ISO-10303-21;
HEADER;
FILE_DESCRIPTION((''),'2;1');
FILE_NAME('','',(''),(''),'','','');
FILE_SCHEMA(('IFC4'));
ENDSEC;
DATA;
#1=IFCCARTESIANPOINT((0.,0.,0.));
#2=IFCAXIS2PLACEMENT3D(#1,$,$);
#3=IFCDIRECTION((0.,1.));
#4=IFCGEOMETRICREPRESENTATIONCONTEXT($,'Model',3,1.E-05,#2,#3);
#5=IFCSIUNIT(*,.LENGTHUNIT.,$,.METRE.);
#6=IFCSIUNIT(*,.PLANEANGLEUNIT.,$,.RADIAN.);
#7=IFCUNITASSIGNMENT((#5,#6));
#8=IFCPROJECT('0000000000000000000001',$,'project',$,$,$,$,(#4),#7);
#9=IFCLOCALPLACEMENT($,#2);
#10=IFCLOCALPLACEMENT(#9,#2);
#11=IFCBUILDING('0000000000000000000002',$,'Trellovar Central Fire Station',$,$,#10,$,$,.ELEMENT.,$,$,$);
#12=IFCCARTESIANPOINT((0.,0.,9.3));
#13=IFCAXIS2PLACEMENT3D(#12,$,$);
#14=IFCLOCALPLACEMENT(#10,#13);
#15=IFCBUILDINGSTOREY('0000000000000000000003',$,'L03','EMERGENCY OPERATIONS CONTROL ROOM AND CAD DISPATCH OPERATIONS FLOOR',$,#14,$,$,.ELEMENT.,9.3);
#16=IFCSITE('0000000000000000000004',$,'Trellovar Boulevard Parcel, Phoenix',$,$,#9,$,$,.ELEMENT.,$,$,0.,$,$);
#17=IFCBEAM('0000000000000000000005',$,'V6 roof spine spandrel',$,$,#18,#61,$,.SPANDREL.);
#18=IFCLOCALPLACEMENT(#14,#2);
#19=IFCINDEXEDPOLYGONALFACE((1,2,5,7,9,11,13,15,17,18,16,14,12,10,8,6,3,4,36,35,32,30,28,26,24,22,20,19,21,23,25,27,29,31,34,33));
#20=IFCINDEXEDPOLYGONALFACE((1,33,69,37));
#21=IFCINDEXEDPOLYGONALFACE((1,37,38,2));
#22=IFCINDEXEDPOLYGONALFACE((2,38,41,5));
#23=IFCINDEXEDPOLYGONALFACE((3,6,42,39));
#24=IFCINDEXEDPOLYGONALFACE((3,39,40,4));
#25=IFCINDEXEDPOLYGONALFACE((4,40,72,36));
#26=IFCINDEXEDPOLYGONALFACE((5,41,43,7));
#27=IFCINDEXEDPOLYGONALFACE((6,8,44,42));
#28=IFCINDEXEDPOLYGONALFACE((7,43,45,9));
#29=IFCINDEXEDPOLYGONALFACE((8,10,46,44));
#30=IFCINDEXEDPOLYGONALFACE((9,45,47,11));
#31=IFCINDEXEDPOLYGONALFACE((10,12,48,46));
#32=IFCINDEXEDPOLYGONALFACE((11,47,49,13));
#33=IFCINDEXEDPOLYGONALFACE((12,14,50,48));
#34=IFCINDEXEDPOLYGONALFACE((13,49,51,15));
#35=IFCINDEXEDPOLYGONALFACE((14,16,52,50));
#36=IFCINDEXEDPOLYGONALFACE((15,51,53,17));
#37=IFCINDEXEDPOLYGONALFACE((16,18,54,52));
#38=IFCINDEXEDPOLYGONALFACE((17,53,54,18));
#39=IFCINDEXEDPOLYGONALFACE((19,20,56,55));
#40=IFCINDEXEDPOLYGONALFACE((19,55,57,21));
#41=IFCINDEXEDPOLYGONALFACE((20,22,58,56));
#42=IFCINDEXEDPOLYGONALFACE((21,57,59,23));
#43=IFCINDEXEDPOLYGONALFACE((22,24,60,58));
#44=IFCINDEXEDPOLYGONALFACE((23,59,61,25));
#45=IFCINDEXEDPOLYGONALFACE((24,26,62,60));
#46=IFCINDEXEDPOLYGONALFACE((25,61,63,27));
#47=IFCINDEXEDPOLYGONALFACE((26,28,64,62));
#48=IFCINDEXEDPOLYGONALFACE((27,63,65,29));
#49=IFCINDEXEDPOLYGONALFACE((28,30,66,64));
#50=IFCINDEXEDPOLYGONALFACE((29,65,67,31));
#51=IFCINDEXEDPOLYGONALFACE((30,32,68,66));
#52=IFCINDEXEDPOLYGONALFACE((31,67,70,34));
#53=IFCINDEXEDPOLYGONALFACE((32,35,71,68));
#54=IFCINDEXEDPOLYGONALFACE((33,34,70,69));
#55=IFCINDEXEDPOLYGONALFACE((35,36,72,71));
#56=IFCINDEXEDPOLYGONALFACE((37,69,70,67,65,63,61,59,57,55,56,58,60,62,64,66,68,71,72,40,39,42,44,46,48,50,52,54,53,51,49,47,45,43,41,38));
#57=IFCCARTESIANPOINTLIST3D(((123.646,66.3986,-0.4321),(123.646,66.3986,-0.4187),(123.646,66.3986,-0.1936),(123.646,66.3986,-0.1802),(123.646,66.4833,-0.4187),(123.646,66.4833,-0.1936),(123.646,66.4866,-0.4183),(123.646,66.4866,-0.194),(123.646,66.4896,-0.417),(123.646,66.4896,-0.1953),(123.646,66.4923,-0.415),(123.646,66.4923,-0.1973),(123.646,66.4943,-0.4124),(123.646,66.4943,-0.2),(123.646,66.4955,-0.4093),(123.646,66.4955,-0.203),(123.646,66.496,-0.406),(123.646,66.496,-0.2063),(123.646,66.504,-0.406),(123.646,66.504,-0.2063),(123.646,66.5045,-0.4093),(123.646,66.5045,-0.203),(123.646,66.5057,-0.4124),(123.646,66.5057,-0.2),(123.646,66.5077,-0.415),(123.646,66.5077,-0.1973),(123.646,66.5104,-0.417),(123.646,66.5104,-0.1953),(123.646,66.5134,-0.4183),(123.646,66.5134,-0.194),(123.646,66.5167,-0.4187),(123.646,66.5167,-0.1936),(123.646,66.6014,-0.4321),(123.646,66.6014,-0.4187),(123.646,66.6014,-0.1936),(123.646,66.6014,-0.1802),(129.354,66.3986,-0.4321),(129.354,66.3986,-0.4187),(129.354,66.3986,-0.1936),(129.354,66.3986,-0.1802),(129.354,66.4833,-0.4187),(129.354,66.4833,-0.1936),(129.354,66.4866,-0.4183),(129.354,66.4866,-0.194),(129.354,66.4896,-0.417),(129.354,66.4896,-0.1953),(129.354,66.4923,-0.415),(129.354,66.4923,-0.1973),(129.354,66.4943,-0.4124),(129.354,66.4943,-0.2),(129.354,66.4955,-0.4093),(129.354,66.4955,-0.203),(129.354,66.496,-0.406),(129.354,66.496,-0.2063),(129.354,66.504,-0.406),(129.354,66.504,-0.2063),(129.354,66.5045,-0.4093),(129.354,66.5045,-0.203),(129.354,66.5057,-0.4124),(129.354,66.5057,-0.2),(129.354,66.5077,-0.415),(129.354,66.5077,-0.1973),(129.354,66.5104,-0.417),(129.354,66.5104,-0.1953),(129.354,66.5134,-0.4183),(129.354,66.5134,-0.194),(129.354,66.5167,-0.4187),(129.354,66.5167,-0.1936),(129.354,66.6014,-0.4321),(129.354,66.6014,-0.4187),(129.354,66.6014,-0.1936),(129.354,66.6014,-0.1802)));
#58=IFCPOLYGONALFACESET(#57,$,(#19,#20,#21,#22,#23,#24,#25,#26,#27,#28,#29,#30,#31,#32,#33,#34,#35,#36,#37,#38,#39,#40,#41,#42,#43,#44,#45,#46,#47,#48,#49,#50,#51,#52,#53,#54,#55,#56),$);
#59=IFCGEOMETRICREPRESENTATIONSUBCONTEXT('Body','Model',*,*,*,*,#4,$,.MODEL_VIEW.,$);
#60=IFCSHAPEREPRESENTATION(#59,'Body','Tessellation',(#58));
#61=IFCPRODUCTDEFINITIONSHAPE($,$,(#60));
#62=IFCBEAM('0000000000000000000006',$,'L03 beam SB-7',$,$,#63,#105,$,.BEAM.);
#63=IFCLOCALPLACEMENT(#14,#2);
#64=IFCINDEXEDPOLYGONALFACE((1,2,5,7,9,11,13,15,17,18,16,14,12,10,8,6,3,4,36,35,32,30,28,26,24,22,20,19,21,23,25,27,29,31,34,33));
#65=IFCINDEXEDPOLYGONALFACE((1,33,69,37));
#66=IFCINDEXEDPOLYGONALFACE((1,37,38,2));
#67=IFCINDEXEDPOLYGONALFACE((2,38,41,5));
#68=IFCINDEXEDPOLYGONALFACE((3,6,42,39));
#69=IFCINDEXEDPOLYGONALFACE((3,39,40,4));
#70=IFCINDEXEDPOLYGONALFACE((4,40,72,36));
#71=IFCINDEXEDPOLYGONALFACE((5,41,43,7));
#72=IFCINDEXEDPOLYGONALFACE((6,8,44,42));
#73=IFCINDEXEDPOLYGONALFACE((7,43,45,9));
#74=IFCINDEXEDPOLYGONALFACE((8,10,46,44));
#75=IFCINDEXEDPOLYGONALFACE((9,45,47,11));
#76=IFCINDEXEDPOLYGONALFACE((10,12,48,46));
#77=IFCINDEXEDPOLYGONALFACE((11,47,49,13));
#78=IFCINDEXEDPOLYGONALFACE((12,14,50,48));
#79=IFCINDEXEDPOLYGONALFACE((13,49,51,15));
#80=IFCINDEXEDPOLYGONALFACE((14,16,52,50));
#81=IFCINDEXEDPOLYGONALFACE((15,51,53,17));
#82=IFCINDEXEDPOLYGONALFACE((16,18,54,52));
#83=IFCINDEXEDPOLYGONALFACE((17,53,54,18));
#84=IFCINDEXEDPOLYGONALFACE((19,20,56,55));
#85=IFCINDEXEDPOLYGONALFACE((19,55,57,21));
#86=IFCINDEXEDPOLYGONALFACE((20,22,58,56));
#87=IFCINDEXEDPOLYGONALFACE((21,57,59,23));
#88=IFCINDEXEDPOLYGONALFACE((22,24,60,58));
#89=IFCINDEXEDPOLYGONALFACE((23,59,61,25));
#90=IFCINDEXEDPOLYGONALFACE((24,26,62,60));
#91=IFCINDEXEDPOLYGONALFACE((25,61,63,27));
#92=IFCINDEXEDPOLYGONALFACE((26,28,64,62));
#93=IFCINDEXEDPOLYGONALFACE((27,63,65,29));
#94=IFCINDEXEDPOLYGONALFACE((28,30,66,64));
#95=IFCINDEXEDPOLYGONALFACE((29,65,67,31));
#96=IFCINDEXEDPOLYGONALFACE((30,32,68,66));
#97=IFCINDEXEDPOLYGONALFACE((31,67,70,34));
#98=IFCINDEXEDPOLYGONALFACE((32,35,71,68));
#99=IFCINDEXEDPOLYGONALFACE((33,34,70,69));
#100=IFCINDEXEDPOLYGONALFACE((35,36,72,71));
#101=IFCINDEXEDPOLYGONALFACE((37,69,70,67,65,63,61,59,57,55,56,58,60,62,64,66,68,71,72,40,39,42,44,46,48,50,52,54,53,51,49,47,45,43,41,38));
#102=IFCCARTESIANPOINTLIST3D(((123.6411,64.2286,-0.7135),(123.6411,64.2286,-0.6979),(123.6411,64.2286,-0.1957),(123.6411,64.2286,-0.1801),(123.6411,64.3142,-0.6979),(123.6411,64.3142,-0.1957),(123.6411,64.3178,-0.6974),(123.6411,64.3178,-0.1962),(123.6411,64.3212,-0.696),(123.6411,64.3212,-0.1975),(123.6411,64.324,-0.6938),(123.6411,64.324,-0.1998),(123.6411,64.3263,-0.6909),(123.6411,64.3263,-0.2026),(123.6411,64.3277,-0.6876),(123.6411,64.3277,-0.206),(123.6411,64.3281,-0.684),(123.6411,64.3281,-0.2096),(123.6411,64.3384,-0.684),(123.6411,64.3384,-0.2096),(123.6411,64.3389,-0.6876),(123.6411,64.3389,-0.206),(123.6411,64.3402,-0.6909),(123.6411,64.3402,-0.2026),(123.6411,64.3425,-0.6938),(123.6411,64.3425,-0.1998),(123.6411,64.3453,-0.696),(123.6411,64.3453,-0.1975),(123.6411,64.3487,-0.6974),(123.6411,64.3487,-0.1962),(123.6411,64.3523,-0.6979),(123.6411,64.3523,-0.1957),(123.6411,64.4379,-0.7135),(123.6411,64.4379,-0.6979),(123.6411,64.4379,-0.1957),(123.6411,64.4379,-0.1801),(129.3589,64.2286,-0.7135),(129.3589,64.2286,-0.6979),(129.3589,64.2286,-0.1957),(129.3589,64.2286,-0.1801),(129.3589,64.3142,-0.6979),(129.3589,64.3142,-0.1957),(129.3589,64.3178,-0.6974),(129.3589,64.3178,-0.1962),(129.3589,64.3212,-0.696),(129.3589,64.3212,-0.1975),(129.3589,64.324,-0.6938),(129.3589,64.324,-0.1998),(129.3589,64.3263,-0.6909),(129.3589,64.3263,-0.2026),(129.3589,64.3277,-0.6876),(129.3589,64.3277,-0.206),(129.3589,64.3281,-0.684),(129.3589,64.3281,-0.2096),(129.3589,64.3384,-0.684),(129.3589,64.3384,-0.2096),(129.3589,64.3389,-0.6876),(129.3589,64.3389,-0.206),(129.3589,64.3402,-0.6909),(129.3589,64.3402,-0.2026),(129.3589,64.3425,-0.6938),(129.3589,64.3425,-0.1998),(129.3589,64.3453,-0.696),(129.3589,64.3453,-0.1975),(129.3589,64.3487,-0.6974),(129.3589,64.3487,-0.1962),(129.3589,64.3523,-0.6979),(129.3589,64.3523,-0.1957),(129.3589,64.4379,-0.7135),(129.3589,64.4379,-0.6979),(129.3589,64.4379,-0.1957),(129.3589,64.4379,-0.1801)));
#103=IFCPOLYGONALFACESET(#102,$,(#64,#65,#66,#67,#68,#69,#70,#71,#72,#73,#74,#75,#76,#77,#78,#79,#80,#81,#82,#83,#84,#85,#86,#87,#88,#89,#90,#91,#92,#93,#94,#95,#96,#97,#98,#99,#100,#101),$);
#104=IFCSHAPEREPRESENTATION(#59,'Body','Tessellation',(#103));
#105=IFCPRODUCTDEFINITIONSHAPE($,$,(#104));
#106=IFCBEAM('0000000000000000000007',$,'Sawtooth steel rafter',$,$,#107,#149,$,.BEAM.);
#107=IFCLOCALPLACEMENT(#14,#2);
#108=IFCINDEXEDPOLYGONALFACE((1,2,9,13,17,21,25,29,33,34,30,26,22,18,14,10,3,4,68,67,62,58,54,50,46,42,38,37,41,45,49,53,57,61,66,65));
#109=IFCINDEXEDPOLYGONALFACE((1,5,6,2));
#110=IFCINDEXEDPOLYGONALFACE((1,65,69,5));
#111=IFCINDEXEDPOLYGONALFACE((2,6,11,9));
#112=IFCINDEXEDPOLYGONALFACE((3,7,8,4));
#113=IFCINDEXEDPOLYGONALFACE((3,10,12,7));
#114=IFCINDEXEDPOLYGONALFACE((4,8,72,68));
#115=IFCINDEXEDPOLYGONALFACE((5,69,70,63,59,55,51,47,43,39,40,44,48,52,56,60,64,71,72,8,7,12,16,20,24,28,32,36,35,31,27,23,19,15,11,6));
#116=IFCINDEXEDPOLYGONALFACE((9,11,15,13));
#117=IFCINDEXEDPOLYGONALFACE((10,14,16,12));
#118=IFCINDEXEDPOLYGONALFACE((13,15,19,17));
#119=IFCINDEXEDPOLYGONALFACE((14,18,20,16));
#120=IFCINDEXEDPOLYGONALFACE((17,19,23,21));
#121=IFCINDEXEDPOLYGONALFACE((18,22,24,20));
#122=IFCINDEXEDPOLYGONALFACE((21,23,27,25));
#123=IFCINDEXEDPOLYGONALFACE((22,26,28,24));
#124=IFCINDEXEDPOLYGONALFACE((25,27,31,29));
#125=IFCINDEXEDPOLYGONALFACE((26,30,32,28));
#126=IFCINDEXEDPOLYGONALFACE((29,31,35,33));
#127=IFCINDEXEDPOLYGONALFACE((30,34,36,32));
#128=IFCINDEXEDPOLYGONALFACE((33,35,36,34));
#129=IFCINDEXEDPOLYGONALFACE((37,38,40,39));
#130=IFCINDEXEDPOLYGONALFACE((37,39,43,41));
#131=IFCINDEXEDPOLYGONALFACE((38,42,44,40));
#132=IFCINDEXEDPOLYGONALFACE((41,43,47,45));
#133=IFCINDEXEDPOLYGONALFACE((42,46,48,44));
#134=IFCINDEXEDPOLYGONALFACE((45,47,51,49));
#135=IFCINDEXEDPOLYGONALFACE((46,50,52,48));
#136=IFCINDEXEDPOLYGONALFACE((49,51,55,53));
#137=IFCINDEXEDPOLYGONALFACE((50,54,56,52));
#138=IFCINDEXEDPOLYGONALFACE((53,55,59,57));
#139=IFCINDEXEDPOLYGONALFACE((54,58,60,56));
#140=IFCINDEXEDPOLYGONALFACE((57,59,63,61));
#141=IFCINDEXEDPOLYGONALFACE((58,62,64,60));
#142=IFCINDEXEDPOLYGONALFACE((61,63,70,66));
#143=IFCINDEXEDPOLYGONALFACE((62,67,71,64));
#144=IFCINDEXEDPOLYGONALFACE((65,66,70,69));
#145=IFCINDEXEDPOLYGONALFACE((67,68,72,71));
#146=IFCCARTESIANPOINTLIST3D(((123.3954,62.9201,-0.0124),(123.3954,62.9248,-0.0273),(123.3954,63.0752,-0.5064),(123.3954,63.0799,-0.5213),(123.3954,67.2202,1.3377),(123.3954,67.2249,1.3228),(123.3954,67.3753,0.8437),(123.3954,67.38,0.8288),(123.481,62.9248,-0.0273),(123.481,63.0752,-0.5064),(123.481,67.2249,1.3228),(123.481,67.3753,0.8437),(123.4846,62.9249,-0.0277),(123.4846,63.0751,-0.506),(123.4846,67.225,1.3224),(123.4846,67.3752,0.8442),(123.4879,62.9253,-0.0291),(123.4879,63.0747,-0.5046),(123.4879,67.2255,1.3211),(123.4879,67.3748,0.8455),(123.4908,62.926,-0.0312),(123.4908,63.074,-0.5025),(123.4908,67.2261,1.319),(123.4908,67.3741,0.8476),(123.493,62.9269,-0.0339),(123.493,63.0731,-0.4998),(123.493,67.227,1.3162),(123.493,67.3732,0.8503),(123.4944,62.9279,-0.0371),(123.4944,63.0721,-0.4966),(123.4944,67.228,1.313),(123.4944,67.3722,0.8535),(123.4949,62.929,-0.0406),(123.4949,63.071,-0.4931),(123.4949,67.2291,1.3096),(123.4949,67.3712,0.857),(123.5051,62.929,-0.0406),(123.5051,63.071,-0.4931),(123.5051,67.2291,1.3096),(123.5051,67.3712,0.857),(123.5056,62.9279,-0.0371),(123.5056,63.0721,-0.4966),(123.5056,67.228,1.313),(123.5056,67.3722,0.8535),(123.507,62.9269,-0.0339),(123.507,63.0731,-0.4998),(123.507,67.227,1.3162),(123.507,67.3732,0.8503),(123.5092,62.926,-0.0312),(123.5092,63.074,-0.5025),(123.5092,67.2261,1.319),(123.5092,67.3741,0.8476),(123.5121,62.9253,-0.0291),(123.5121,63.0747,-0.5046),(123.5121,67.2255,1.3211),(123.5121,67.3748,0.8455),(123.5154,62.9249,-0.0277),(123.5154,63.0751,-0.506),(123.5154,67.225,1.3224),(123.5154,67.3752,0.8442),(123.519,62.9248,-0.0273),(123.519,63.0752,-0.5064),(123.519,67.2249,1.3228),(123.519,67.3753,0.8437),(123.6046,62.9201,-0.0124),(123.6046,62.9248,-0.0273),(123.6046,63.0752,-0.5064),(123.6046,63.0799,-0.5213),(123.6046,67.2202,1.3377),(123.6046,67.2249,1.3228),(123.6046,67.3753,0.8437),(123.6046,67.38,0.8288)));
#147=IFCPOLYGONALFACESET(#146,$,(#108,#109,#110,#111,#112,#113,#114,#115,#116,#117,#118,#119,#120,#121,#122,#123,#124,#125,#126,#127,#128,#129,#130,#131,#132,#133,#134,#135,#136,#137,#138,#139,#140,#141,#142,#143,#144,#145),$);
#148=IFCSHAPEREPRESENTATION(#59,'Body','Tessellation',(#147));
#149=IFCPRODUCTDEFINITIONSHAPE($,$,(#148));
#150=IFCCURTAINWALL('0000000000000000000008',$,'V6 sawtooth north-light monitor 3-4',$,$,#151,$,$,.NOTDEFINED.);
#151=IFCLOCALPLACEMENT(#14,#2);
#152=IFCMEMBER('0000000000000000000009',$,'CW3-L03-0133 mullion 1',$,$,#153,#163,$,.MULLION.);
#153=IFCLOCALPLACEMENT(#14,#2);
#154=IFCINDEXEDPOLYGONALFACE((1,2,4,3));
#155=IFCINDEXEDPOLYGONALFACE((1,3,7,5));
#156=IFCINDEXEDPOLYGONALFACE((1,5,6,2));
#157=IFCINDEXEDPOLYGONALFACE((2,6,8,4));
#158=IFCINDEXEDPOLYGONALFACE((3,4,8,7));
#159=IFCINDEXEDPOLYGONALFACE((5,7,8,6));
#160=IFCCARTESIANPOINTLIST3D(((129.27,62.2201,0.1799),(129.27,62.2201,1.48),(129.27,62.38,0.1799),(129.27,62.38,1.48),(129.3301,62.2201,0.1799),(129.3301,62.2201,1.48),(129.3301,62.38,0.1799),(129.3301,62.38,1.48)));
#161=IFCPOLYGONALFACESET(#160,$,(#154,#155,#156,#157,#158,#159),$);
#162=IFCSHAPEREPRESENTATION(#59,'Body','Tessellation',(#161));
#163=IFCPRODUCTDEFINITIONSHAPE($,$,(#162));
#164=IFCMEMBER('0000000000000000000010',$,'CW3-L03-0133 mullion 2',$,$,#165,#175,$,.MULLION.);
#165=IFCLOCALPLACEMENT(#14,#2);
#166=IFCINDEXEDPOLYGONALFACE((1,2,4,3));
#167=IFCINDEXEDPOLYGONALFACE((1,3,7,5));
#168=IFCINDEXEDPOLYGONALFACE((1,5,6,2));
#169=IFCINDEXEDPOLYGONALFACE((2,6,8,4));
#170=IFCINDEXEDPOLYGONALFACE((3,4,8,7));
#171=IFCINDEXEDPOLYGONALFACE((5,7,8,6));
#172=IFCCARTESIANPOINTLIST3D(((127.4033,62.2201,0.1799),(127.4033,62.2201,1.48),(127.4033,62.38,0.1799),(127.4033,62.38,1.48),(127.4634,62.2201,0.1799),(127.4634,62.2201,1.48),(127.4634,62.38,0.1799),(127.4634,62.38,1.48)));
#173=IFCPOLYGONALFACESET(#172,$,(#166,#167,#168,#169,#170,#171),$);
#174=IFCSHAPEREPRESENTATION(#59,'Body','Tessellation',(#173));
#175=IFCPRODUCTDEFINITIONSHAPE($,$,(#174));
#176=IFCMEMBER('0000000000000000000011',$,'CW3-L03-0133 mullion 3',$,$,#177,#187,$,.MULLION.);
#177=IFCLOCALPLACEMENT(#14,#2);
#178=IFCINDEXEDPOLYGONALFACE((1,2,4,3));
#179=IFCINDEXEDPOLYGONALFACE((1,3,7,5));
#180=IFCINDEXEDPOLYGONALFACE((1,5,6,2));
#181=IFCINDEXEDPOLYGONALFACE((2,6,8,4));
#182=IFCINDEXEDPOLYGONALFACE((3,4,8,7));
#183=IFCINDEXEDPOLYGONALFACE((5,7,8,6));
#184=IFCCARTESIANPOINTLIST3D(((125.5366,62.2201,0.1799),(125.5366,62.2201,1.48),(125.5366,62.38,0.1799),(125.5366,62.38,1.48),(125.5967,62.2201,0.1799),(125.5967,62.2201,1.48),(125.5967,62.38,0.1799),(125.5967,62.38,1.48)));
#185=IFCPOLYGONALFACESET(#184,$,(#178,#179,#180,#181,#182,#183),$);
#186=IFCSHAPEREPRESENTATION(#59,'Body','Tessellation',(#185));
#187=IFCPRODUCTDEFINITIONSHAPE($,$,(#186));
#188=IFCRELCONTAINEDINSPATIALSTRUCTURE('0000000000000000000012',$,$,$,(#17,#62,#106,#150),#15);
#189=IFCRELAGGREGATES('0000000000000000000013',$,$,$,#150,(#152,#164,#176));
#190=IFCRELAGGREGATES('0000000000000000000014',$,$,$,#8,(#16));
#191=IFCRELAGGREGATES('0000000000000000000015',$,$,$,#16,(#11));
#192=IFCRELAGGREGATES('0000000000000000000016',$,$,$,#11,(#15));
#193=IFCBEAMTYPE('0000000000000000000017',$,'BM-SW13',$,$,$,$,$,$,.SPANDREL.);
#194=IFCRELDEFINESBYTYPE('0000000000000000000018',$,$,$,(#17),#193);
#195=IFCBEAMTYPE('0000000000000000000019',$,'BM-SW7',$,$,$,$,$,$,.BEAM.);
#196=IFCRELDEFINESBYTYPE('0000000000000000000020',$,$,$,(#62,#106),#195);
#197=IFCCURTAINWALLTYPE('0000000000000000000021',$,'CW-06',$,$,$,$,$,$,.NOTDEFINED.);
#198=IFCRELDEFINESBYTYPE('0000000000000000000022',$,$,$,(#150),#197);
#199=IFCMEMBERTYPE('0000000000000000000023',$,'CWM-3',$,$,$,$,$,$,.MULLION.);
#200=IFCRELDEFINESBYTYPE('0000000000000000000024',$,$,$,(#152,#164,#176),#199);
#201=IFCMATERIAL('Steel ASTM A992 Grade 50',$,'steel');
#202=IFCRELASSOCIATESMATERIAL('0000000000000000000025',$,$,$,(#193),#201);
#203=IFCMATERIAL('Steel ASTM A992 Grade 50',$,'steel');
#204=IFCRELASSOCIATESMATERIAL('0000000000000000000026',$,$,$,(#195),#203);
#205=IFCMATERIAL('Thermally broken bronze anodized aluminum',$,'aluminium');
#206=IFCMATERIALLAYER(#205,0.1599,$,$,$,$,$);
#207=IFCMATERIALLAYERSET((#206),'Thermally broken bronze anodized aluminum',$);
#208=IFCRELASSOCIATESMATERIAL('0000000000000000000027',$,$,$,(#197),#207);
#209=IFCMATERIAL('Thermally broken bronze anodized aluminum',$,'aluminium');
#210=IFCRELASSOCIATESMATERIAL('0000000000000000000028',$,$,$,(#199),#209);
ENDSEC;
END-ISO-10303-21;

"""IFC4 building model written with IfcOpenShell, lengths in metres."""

from ifc_helpers import new_model, si_unit, direction, frame, origin, origin_2d, place, context, subcontext, project, spatial, rectangle, i_section, extrude, material, layer, layer_set, material_profile, profile_set, type_object, element, aggregate, save


model = new_model("IFC4")

# Units and contexts
model_context = context("Model", 3, precision=1e-05, world=origin(), true_north=direction((0.0, 1.0)))
body_context = subcontext(model_context, "Body", "Model", "MODEL_VIEW")
ifc_project = project(units=[si_unit("LENGTHUNIT", "METRE"), si_unit("PLANEANGLEUNIT", "RADIAN")], contexts=[model_context])

# Site, building, storey
site_placement = place(None, origin())
site = spatial("IfcSite", under=ifc_project, at=site_placement, Name="Trellovar Boulevard Parcel, Phoenix", CompositionType="ELEMENT", RefElevation=0.0)
building_placement = place(site_placement, origin())
building = spatial("IfcBuilding", under=site, at=building_placement, Name="Trellovar Central Fire Station", CompositionType="ELEMENT")
storey_placement = place(building_placement, frame((0.0, 0.0, 9.3)))
storey = spatial("IfcBuildingStorey", under=building, at=storey_placement, Name="L03", Description="EMERGENCY OPERATIONS CONTROL ROOM AND CAD DISPATCH OPERATIONS FLOOR", CompositionType="ELEMENT", Elevation=9.3)

# Beams
ifc_material_1 = material(Name="Steel ASTM A992 Grade 50", Category="steel")
ifc_material_profile_1 = material_profile(ifc_material_1, i_section(OverallWidth=0.2029, OverallDepth=0.252, WebThickness=0.0081, FlangeThickness=0.0134, FilletRadius=0.0127, at=origin_2d()), Name="W10X39")
ifc_profile_set_1 = profile_set([ifc_material_profile_1], Name="Steel ASTM A992 Grade 50")
beam_type_1 = type_object("IfcBeamType", Name="BM-SW13", PredefinedType="SPANDREL", material=ifc_profile_set_1)
beam_1_placement = place(storey_placement, frame((123.646, 66.5, -0.3062), z_axis=(1.0, 0.0, 0.0), x_axis=(0.0, 1.0, 0.0)))
element("IfcBeam", 1, at=beam_1_placement, inside=storey, type_object=beam_type_1, Name="V6 roof spine spandrel", PredefinedType="SPANDREL", context=body_context, shape_type="SweptSolid", body=[
    extrude(i_section(OverallWidth=0.2029, OverallDepth=0.252, WebThickness=0.0081, FlangeThickness=0.0134, FilletRadius=0.0127, at=origin_2d()), origin(), (0.0, 0.0, 1.0), 5.708),
])
ifc_material_2 = material(Name="Steel ASTM A992 Grade 50", Category="steel")
ifc_material_profile_2 = material_profile(ifc_material_2, i_section(OverallWidth=0.2092, OverallDepth=0.5334, WebThickness=0.0103, FlangeThickness=0.0156, FilletRadius=0.0139, at=origin_2d()), Name="W21X62")
ifc_profile_set_2 = profile_set([ifc_material_profile_2], Name="Steel ASTM A992 Grade 50")
beam_type_2 = type_object("IfcBeamType", Name="BM-SW7", PredefinedType="BEAM", material=ifc_profile_set_2)
beam_2_placement = place(storey_placement, frame((123.6411, 64.3333, -0.4468), z_axis=(1.0, 0.0, 0.0), x_axis=(0.0, 1.0, 0.0)))
element("IfcBeam", 2, at=beam_2_placement, inside=storey, type_object=beam_type_2, Name="L03 beam SB-7", PredefinedType="BEAM", context=body_context, shape_type="SweptSolid", body=[
    extrude(i_section(OverallWidth=0.2092, OverallDepth=0.5334, WebThickness=0.0103, FlangeThickness=0.0156, FilletRadius=0.0139, at=origin_2d()), origin(), (0.0, 0.0, 1.0), 5.7178),
])
beam_3_placement = place(storey_placement, frame((123.5, 63.0, -0.2668), z_axis=(0.0, 0.954079, 0.299555), x_axis=(-1.0, 0.0, 0.0)))
element("IfcBeam", 3, at=beam_3_placement, inside=storey, type_object=beam_type_2, Name="Sawtooth steel rafter", PredefinedType="BEAM", context=body_context, shape_type="SweptSolid", body=[
    extrude(i_section(OverallWidth=0.2092, OverallDepth=0.5334, WebThickness=0.0103, FlangeThickness=0.0156, FilletRadius=0.0139, at=origin_2d()), origin(), (0.0, 0.0, 1.0), 4.5071),
])

# Curtain wall, members
ifc_material_3 = material(Name="Thermally broken bronze anodized aluminum", Category="aluminium")
ifc_layer_1 = layer(ifc_material_3, 0.1599)
ifc_layer_set_1 = layer_set([ifc_layer_1], Name="Thermally broken bronze anodized aluminum")
curtain_wall_type = type_object("IfcCurtainWallType", Name="CW-06", PredefinedType="NOTDEFINED", material=ifc_layer_set_1)
curtain_wall_1_placement = place(storey_placement, origin())
curtain_wall_1 = element("IfcCurtainWall", 4, at=curtain_wall_1_placement, inside=storey, type_object=curtain_wall_type, Name="V6 sawtooth north-light monitor 3-4", PredefinedType="NOTDEFINED")
ifc_material_4 = material(Name="Thermally broken bronze anodized aluminum", Category="aluminium")
ifc_material_profile_3 = material_profile(ifc_material_4, rectangle(XDim=0.0601, YDim=0.1599, at=origin_2d()), Name="ALU60X160")
ifc_profile_set_3 = profile_set([ifc_material_profile_3], Name="Thermally broken bronze anodized aluminum")
member_type_1 = type_object("IfcMemberType", Name="CWM-3", PredefinedType="MULLION", material=ifc_profile_set_3)
member_1_placement = place(storey_placement, frame((129.3, 62.3, 0.1799), z_axis=(0.0, 0.0, 1.0), x_axis=(1.0, 0.0, 0.0)))
member_1 = element("IfcMember", 5, at=member_1_placement, type_object=member_type_1, Name="CW3-L03-0133 mullion 1", PredefinedType="MULLION", context=body_context, shape_type="SweptSolid", body=[
    extrude(rectangle(XDim=0.0601, YDim=0.1599, at=origin_2d()), origin(), (0.0, 0.0, 1.0), 1.3),
])
member_2_placement = place(storey_placement, frame((127.4333, 62.3, 0.1799), z_axis=(0.0, 0.0, 1.0), x_axis=(1.0, 0.0, 0.0)))
member_2 = element("IfcMember", 6, at=member_2_placement, type_object=member_type_1, Name="CW3-L03-0133 mullion 2", PredefinedType="MULLION", context=body_context, shape_type="SweptSolid", body=[
    extrude(rectangle(XDim=0.0601, YDim=0.1599, at=origin_2d()), origin(), (0.0, 0.0, 1.0), 1.3),
])
member_3_placement = place(storey_placement, frame((125.5667, 62.3, 0.1799), z_axis=(0.0, 0.0, 1.0), x_axis=(1.0, 0.0, 0.0)))
member_3 = element("IfcMember", 7, at=member_3_placement, type_object=member_type_1, Name="CW3-L03-0133 mullion 3", PredefinedType="MULLION", context=body_context, shape_type="SweptSolid", body=[
    extrude(rectangle(XDim=0.0601, YDim=0.1599, at=origin_2d()), origin(), (0.0, 0.0, 1.0), 1.3),
])

aggregate(curtain_wall_1, [member_1, member_2, member_3])

save(model, "model.ifc")
